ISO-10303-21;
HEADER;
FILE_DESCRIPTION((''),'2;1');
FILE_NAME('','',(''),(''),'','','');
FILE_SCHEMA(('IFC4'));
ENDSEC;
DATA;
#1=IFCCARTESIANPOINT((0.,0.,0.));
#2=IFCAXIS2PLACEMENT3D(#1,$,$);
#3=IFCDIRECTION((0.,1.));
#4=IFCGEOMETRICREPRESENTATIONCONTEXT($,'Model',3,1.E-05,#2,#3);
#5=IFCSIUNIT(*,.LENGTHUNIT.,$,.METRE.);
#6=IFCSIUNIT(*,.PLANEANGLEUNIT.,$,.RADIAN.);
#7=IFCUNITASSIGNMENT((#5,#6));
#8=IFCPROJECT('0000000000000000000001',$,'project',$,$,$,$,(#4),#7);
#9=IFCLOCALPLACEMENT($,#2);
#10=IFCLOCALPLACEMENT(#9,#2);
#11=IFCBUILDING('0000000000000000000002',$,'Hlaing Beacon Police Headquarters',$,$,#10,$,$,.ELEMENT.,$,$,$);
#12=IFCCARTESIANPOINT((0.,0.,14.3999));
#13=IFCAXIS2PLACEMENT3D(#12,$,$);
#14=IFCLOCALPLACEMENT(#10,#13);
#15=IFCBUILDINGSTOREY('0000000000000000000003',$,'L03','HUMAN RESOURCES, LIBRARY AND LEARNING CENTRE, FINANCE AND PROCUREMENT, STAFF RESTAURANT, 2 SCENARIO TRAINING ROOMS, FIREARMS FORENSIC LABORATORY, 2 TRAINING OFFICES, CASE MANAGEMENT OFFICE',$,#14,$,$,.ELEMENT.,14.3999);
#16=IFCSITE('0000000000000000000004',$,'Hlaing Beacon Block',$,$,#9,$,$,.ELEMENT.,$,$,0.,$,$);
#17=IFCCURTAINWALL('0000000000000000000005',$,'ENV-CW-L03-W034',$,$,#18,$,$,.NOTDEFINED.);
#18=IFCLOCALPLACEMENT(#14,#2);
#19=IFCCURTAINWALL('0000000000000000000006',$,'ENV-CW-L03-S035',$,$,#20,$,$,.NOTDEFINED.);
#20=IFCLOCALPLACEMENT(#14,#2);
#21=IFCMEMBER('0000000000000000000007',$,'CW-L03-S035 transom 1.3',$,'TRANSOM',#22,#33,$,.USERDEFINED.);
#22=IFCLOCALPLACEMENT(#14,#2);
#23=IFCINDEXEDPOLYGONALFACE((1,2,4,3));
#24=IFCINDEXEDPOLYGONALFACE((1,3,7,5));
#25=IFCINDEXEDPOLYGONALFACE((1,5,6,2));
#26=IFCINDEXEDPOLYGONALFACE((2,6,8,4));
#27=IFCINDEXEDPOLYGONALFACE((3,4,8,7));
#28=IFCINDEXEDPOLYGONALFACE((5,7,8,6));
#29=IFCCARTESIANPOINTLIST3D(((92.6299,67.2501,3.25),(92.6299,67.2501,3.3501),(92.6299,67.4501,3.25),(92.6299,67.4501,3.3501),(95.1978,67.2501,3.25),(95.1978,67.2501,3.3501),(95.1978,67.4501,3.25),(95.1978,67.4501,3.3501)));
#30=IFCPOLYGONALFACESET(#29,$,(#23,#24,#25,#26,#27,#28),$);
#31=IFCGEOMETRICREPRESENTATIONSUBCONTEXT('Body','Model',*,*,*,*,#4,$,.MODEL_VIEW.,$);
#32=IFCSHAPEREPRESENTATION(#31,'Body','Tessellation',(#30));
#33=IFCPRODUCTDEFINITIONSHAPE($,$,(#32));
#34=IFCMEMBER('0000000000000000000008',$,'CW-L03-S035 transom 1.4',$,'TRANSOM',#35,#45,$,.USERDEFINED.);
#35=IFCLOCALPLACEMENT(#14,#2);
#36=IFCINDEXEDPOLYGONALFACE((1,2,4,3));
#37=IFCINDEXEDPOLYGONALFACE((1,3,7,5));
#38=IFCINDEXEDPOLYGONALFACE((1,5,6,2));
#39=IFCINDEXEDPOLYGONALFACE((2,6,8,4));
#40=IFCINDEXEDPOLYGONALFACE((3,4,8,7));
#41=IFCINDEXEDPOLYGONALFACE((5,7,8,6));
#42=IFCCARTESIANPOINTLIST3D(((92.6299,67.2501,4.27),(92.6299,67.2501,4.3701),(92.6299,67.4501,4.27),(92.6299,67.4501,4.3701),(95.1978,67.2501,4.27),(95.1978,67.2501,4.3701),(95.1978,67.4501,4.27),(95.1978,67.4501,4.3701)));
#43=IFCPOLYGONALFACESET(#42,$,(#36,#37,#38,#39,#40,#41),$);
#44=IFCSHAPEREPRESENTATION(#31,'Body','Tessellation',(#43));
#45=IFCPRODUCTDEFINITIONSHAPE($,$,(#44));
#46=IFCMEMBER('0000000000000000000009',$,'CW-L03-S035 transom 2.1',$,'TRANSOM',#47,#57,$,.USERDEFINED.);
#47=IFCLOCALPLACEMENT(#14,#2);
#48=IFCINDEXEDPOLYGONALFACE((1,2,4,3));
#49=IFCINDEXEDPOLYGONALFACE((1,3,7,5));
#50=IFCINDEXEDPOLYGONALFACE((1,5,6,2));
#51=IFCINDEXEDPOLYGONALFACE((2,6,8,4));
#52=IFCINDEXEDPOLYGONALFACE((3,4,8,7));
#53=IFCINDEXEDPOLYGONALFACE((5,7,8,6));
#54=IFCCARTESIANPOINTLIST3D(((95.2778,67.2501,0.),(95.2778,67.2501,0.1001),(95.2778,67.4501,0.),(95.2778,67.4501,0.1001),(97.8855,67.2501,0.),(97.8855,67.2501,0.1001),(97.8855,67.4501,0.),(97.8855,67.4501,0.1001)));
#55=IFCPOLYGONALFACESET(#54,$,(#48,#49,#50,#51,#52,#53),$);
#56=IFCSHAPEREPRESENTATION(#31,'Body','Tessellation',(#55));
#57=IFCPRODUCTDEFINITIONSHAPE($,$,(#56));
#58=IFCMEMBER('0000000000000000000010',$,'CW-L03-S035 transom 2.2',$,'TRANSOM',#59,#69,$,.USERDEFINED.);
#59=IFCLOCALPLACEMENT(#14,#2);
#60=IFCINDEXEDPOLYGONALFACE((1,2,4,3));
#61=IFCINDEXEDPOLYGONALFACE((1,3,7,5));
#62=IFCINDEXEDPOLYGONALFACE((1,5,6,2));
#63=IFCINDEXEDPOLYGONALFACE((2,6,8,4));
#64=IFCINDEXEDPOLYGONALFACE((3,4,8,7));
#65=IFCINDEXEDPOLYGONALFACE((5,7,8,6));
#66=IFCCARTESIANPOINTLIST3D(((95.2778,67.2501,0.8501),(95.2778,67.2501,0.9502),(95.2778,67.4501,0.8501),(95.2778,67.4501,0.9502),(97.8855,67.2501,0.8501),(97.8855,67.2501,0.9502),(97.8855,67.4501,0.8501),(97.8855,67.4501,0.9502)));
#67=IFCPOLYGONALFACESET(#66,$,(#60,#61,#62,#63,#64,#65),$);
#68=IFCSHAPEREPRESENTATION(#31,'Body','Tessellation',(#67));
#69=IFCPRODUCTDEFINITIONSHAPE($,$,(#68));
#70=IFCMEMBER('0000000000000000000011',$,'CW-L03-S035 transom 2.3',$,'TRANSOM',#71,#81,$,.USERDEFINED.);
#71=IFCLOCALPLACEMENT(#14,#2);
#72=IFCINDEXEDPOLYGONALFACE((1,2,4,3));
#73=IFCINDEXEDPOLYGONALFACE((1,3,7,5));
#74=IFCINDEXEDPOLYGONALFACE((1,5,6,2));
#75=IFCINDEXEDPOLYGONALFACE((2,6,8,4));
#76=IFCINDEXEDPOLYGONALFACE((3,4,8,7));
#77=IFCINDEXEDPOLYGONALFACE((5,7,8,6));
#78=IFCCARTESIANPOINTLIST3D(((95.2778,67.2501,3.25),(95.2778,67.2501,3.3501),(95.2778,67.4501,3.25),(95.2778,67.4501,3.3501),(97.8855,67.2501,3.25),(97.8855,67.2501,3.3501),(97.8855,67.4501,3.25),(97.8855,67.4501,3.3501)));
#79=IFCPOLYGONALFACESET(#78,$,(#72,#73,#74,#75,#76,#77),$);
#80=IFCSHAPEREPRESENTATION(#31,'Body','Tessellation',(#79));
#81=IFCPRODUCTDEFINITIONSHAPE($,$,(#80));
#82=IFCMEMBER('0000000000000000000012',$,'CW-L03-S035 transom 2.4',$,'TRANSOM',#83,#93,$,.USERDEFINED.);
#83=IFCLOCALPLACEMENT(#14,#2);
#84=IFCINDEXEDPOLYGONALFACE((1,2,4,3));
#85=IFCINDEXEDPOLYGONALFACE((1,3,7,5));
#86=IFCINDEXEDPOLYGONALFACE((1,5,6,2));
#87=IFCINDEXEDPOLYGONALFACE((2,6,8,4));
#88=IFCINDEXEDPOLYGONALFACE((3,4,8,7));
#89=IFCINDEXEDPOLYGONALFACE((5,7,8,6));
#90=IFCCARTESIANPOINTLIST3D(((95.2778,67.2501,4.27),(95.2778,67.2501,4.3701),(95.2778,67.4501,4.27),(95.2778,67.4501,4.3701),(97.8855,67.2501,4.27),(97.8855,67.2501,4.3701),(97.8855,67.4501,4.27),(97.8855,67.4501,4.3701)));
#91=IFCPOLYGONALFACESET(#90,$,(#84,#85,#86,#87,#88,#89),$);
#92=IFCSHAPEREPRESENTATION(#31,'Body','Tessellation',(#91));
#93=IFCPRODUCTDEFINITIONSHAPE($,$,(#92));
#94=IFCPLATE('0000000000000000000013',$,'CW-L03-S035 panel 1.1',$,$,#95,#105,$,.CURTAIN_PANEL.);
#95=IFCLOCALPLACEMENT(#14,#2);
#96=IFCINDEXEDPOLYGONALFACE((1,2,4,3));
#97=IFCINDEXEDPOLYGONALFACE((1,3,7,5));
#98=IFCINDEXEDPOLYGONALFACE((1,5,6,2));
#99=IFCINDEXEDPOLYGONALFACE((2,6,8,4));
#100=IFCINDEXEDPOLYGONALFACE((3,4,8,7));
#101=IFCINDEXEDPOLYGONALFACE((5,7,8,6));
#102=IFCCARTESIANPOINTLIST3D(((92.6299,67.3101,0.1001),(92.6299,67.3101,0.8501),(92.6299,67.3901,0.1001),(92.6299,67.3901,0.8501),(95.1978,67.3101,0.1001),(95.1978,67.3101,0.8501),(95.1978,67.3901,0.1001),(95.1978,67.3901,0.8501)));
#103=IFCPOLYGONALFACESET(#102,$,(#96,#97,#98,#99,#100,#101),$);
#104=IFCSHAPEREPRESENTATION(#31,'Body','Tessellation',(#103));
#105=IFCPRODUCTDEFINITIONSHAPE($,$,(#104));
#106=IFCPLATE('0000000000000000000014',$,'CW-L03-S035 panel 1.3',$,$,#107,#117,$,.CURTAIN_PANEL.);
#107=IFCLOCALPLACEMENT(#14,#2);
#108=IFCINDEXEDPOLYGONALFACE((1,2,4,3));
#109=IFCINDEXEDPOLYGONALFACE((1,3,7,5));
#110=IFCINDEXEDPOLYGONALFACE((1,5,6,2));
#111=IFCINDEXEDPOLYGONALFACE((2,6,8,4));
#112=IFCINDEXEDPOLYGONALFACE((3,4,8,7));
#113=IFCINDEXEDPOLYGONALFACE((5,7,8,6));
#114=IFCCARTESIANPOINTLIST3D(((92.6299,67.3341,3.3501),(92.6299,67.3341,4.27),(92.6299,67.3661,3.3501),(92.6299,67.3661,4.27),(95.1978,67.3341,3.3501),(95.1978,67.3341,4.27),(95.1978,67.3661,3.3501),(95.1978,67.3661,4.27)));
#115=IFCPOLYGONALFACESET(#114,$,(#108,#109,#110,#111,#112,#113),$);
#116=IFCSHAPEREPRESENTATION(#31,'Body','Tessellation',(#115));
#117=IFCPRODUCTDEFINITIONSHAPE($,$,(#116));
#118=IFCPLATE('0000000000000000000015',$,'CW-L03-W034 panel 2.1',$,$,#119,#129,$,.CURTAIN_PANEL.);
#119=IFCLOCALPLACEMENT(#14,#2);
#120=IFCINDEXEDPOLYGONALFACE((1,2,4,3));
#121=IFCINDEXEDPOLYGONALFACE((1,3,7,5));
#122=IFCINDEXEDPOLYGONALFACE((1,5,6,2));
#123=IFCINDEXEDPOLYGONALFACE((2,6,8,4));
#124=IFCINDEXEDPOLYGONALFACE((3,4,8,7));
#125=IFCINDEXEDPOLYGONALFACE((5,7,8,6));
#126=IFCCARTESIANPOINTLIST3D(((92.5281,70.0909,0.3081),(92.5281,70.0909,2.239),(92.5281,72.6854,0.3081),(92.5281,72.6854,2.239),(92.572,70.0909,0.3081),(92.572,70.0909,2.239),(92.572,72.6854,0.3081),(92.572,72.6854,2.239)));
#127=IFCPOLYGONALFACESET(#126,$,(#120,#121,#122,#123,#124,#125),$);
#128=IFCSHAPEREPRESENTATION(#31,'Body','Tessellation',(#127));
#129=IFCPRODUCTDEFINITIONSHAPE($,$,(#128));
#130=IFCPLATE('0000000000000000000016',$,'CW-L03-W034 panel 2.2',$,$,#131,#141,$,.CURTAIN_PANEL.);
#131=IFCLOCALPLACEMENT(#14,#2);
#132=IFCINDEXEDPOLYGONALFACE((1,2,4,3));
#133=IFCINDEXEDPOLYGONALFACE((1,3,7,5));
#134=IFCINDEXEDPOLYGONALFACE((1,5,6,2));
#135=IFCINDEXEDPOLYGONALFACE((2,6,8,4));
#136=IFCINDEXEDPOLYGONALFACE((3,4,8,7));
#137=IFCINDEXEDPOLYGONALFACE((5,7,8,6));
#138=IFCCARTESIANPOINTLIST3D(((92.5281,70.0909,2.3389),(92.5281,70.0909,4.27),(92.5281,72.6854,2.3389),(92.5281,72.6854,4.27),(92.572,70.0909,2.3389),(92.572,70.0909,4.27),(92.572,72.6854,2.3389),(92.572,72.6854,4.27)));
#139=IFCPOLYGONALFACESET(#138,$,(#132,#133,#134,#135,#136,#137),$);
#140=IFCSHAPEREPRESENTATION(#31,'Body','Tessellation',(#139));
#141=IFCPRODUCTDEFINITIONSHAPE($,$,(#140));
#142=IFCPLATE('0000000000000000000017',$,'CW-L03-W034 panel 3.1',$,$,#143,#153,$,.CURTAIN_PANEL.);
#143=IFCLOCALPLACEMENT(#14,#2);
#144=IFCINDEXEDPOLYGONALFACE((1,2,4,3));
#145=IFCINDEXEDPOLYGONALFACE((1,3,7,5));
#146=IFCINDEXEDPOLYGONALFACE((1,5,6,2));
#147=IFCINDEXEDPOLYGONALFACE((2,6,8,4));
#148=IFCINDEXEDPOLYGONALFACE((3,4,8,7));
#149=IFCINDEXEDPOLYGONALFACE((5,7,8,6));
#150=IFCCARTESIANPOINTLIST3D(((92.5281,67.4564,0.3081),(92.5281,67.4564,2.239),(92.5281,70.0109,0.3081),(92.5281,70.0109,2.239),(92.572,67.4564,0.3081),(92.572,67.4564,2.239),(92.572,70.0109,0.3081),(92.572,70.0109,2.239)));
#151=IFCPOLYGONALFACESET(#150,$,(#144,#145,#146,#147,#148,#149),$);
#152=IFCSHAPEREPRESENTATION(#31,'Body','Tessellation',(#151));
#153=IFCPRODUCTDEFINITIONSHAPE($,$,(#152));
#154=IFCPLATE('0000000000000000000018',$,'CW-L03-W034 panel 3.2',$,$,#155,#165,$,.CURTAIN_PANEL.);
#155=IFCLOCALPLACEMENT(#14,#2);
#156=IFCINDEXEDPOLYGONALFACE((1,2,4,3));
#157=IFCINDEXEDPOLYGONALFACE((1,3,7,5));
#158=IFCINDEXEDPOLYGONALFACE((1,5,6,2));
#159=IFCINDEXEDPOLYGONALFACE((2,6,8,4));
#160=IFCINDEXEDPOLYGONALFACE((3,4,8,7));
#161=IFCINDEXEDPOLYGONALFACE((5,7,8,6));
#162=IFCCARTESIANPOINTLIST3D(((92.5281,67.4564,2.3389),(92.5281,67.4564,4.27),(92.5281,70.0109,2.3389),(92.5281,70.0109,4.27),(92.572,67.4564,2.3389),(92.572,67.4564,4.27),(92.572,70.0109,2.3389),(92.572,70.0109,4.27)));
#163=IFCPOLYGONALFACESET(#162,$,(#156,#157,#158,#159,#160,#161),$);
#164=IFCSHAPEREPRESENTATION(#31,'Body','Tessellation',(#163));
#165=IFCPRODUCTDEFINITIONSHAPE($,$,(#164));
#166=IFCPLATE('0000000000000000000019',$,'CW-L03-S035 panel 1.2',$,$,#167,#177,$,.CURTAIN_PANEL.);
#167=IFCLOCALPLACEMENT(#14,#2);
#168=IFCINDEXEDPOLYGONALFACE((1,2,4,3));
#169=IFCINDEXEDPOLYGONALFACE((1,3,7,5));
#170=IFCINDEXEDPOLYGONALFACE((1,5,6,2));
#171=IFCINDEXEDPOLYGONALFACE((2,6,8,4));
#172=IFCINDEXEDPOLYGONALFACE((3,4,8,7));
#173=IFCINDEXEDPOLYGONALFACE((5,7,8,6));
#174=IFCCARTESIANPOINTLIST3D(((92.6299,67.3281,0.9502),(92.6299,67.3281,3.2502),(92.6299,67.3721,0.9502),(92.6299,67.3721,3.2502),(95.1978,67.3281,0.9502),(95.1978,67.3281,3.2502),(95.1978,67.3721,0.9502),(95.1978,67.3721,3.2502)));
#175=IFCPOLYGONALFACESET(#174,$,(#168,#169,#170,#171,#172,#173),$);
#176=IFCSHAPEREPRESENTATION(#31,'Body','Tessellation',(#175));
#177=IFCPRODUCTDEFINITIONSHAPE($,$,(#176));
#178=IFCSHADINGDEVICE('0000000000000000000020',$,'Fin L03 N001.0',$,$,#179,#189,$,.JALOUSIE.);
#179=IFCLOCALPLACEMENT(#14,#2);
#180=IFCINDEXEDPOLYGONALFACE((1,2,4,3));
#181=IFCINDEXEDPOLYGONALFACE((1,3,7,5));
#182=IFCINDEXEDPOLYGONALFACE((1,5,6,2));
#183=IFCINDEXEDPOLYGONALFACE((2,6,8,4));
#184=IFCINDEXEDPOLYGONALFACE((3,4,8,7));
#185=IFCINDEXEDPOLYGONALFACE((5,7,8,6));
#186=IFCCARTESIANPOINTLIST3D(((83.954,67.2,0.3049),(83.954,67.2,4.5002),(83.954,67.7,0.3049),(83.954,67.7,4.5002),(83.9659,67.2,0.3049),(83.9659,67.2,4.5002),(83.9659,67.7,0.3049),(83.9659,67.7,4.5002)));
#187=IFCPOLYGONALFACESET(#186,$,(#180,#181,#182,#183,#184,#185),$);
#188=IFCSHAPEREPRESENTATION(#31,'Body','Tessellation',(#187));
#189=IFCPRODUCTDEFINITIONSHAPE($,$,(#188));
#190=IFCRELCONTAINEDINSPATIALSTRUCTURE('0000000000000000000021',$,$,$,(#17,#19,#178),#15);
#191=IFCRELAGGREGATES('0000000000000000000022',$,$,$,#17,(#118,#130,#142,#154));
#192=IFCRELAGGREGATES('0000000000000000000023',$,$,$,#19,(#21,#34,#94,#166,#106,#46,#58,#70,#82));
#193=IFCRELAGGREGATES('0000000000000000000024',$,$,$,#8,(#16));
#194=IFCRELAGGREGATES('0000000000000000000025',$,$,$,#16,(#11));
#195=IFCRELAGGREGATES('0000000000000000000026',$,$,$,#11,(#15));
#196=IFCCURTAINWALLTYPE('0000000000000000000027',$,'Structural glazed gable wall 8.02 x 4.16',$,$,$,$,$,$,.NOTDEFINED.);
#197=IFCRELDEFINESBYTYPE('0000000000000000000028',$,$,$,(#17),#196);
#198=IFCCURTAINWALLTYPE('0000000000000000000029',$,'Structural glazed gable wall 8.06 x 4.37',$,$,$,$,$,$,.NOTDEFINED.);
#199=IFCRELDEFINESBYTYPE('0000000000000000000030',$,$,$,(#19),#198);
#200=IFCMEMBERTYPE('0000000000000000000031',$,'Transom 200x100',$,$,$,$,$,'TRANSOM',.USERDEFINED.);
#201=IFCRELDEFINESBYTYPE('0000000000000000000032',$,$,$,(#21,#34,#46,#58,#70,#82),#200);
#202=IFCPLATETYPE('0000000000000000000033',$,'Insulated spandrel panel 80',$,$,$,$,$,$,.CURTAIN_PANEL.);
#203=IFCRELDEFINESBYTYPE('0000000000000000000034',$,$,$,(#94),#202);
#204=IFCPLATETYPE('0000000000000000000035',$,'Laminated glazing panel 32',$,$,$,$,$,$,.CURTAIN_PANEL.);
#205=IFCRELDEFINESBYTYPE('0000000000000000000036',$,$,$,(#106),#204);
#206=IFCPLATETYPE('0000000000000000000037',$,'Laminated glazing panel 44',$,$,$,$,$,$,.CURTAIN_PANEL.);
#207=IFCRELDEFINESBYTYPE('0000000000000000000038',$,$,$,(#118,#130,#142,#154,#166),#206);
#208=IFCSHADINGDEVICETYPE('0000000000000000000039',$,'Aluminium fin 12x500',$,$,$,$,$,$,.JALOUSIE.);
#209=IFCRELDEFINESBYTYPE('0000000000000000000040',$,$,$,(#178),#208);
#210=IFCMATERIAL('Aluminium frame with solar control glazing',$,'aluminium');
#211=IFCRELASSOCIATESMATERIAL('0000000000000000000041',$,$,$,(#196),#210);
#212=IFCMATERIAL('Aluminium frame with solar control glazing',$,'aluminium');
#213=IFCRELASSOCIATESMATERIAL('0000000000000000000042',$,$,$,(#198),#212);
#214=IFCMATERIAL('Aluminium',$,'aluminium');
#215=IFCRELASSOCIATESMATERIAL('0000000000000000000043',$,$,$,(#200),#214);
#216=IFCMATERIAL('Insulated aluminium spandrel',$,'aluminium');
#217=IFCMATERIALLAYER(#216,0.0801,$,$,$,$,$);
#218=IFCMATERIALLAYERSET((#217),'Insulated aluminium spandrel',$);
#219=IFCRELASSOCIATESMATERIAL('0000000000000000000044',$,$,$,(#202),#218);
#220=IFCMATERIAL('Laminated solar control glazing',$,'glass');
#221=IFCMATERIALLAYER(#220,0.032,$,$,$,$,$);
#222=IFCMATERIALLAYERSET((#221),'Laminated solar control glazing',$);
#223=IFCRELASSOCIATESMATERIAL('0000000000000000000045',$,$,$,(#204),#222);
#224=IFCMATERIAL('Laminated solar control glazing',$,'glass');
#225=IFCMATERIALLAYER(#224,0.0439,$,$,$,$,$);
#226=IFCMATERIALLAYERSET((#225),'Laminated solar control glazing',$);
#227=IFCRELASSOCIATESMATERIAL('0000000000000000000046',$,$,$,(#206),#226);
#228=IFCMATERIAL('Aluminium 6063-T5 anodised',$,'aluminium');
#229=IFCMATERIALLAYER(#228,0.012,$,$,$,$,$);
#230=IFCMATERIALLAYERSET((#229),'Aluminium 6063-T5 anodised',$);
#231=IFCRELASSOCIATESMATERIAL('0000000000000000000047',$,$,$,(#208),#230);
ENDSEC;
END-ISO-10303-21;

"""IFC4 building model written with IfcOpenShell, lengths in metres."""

from ifc_helpers import new_model, si_unit, direction, frame, origin, origin_2d, place, context, subcontext, project, spatial, rectangle, extrude, material, layer, layer_set, material_profile, profile_set, type_object, element, aggregate, save


model = new_model("IFC4")

# Units and contexts
model_context = context("Model", 3, precision=1e-05, world=origin(), true_north=direction((0.0, 1.0)))
body_context = subcontext(model_context, "Body", "Model", "MODEL_VIEW")
ifc_project = project(units=[si_unit("LENGTHUNIT", "METRE"), si_unit("PLANEANGLEUNIT", "RADIAN")], contexts=[model_context])

# Site, building, storey
site_placement = place(None, origin())
site = spatial("IfcSite", under=ifc_project, at=site_placement, Name="Hlaing Beacon Block", CompositionType="ELEMENT", RefElevation=0.0)
building_placement = place(site_placement, origin())
building = spatial("IfcBuilding", under=site, at=building_placement, Name="Hlaing Beacon Police Headquarters", CompositionType="ELEMENT")
storey_placement = place(building_placement, frame((0.0, 0.0, 14.3999)))
storey = spatial("IfcBuildingStorey", under=building, at=storey_placement, Name="L03", Description="HUMAN RESOURCES, LIBRARY AND LEARNING CENTRE, FINANCE AND PROCUREMENT, STAFF RESTAURANT, 2 SCENARIO TRAINING ROOMS, FIREARMS FORENSIC LABORATORY, 2 TRAINING OFFICES, CASE MANAGEMENT OFFICE", CompositionType="ELEMENT", Elevation=14.3999)

# Curtain walls
ifc_material_1 = material(Name="Aluminium frame with solar control glazing", Category="aluminium")
curtain_wall_type_1 = type_object("IfcCurtainWallType", Name="Structural glazed gable wall 8.02 x 4.16", PredefinedType="NOTDEFINED", material=ifc_material_1)
curtain_wall_1_placement = place(storey_placement, origin())
curtain_wall_1 = element("IfcCurtainWall", 1, at=curtain_wall_1_placement, inside=storey, type_object=curtain_wall_type_1, Name="ENV-CW-L03-W034", PredefinedType="NOTDEFINED")
ifc_material_2 = material(Name="Aluminium frame with solar control glazing", Category="aluminium")
curtain_wall_type_2 = type_object("IfcCurtainWallType", Name="Structural glazed gable wall 8.06 x 4.37", PredefinedType="NOTDEFINED", material=ifc_material_2)
curtain_wall_2_placement = place(storey_placement, origin())
curtain_wall_2 = element("IfcCurtainWall", 2, at=curtain_wall_2_placement, inside=storey, type_object=curtain_wall_type_2, Name="ENV-CW-L03-S035", PredefinedType="NOTDEFINED")

# Members
ifc_material_3 = material(Name="Aluminium", Category="aluminium")
ifc_material_profile_1 = material_profile(ifc_material_3, rectangle(XDim=0.2, YDim=0.1001, at=origin_2d()), Name="Transom 200x100")
ifc_profile_set_1 = profile_set([ifc_material_profile_1], Name="Aluminium")
member_type_1 = type_object("IfcMemberType", Name="Transom 200x100", ElementType="TRANSOM", PredefinedType="USERDEFINED", material=ifc_profile_set_1)
member_1_placement = place(storey_placement, frame((92.6299, 67.3501, 3.3), z_axis=(1.0, 0.0, 0.0), x_axis=(0.0, 1.0, 0.0)))
member_1 = element("IfcMember", 3, at=member_1_placement, type_object=member_type_1, Name="CW-L03-S035 transom 1.3", ObjectType="TRANSOM", PredefinedType="USERDEFINED", context=body_context, shape_type="SweptSolid", body=[
    extrude(rectangle(XDim=0.2, YDim=0.1001, at=origin_2d()), origin(), (0.0, 0.0, 1.0), 2.5679),
])
member_2_placement = place(storey_placement, frame((92.6299, 67.3501, 4.3201), z_axis=(1.0, 0.0, 0.0), x_axis=(0.0, 1.0, 0.0)))
member_2 = element("IfcMember", 4, at=member_2_placement, type_object=member_type_1, Name="CW-L03-S035 transom 1.4", ObjectType="TRANSOM", PredefinedType="USERDEFINED", context=body_context, shape_type="SweptSolid", body=[
    extrude(rectangle(XDim=0.2, YDim=0.1001, at=origin_2d()), origin(), (0.0, 0.0, 1.0), 2.5679),
])
member_3_placement = place(storey_placement, frame((95.2778, 67.3501, 0.05), z_axis=(1.0, 0.0, 0.0), x_axis=(0.0, 1.0, 0.0)))
member_3 = element("IfcMember", 5, at=member_3_placement, type_object=member_type_1, Name="CW-L03-S035 transom 2.1", ObjectType="TRANSOM", PredefinedType="USERDEFINED", context=body_context, shape_type="SweptSolid", body=[
    extrude(rectangle(XDim=0.2, YDim=0.1001, at=origin_2d()), origin(), (0.0, 0.0, 1.0), 2.6077),
])
member_4_placement = place(storey_placement, frame((95.2778, 67.3501, 0.9001), z_axis=(1.0, 0.0, 0.0), x_axis=(0.0, 1.0, 0.0)))
member_4 = element("IfcMember", 6, at=member_4_placement, type_object=member_type_1, Name="CW-L03-S035 transom 2.2", ObjectType="TRANSOM", PredefinedType="USERDEFINED", context=body_context, shape_type="SweptSolid", body=[
    extrude(rectangle(XDim=0.2, YDim=0.1001, at=origin_2d()), origin(), (0.0, 0.0, 1.0), 2.6077),
])
member_5_placement = place(storey_placement, frame((95.2778, 67.3501, 3.3), z_axis=(1.0, 0.0, 0.0), x_axis=(0.0, 1.0, 0.0)))
member_5 = element("IfcMember", 7, at=member_5_placement, type_object=member_type_1, Name="CW-L03-S035 transom 2.3", ObjectType="TRANSOM", PredefinedType="USERDEFINED", context=body_context, shape_type="SweptSolid", body=[
    extrude(rectangle(XDim=0.2, YDim=0.1001, at=origin_2d()), origin(), (0.0, 0.0, 1.0), 2.6077),
])
member_6_placement = place(storey_placement, frame((95.2778, 67.3501, 4.3201), z_axis=(1.0, 0.0, 0.0), x_axis=(0.0, 1.0, 0.0)))
member_6 = element("IfcMember", 8, at=member_6_placement, type_object=member_type_1, Name="CW-L03-S035 transom 2.4", ObjectType="TRANSOM", PredefinedType="USERDEFINED", context=body_context, shape_type="SweptSolid", body=[
    extrude(rectangle(XDim=0.2, YDim=0.1001, at=origin_2d()), origin(), (0.0, 0.0, 1.0), 2.6077),
])

# Plates
ifc_material_4 = material(Name="Insulated aluminium spandrel", Category="aluminium")
ifc_layer_1 = layer(ifc_material_4, 0.0801)
ifc_layer_set_1 = layer_set([ifc_layer_1], Name="Insulated aluminium spandrel")
plate_type_1 = type_object("IfcPlateType", Name="Insulated spandrel panel 80", PredefinedType="CURTAIN_PANEL", material=ifc_layer_set_1)
plate_1_placement = place(storey_placement, frame((93.9138, 67.3501, 0.1001), z_axis=(0.0, 0.0, 1.0), x_axis=(1.0, 0.0, 0.0)))
plate_1 = element("IfcPlate", 9, at=plate_1_placement, type_object=plate_type_1, Name="CW-L03-S035 panel 1.1", PredefinedType="CURTAIN_PANEL", context=body_context, shape_type="SweptSolid", body=[
    extrude(rectangle(XDim=2.5679, YDim=0.0801, at=origin_2d()), origin(), (0.0, 0.0, 1.0), 0.75),
])
ifc_material_5 = material(Name="Laminated solar control glazing", Category="glass")
ifc_layer_2 = layer(ifc_material_5, 0.032)
ifc_layer_set_2 = layer_set([ifc_layer_2], Name="Laminated solar control glazing")
plate_type_2 = type_object("IfcPlateType", Name="Laminated glazing panel 32", PredefinedType="CURTAIN_PANEL", material=ifc_layer_set_2)
plate_2_placement = place(storey_placement, frame((93.9138, 67.3501, 3.3501), z_axis=(0.0, 0.0, 1.0), x_axis=(1.0, 0.0, 0.0)))
plate_2 = element("IfcPlate", 10, at=plate_2_placement, type_object=plate_type_2, Name="CW-L03-S035 panel 1.3", PredefinedType="CURTAIN_PANEL", context=body_context, shape_type="SweptSolid", body=[
    extrude(rectangle(XDim=2.5679, YDim=0.032, at=origin_2d()), origin(), (0.0, 0.0, 1.0), 0.9199),
])
ifc_material_6 = material(Name="Laminated solar control glazing", Category="glass")
ifc_layer_3 = layer(ifc_material_6, 0.0439)
ifc_layer_set_3 = layer_set([ifc_layer_3], Name="Laminated solar control glazing")
plate_type_3 = type_object("IfcPlateType", Name="Laminated glazing panel 44", PredefinedType="CURTAIN_PANEL", material=ifc_layer_set_3)
plate_3_placement = place(storey_placement, frame((92.55, 71.3882, 0.3081), z_axis=(0.0, 0.0, 1.0), x_axis=(0.0, -1.0, 0.0)))
plate_3 = element("IfcPlate", 11, at=plate_3_placement, type_object=plate_type_3, Name="CW-L03-W034 panel 2.1", PredefinedType="CURTAIN_PANEL", context=body_context, shape_type="SweptSolid", body=[
    extrude(rectangle(XDim=2.5945, YDim=0.0439, at=origin_2d()), origin(), (0.0, 0.0, 1.0), 1.9309),
])
plate_4_placement = place(storey_placement, frame((92.55, 71.3882, 2.3389), z_axis=(0.0, 0.0, 1.0), x_axis=(0.0, -1.0, 0.0)))
plate_4 = element("IfcPlate", 12, at=plate_4_placement, type_object=plate_type_3, Name="CW-L03-W034 panel 2.2", PredefinedType="CURTAIN_PANEL", context=body_context, shape_type="SweptSolid", body=[
    extrude(rectangle(XDim=2.5945, YDim=0.0439, at=origin_2d()), origin(), (0.0, 0.0, 1.0), 1.9312),
])
plate_5_placement = place(storey_placement, frame((92.55, 68.7336, 0.3081), z_axis=(0.0, 0.0, 1.0), x_axis=(0.0, -1.0, 0.0)))
plate_5 = element("IfcPlate", 13, at=plate_5_placement, type_object=plate_type_3, Name="CW-L03-W034 panel 3.1", PredefinedType="CURTAIN_PANEL", context=body_context, shape_type="SweptSolid", body=[
    extrude(rectangle(XDim=2.5544, YDim=0.0439, at=origin_2d()), origin(), (0.0, 0.0, 1.0), 1.9309),
])
plate_6_placement = place(storey_placement, frame((92.55, 68.7336, 2.3389), z_axis=(0.0, 0.0, 1.0), x_axis=(0.0, -1.0, 0.0)))
plate_6 = element("IfcPlate", 14, at=plate_6_placement, type_object=plate_type_3, Name="CW-L03-W034 panel 3.2", PredefinedType="CURTAIN_PANEL", context=body_context, shape_type="SweptSolid", body=[
    extrude(rectangle(XDim=2.5544, YDim=0.0439, at=origin_2d()), origin(), (0.0, 0.0, 1.0), 1.9312),
])
aggregate(curtain_wall_1, [plate_3, plate_4, plate_5, plate_6])
plate_7_placement = place(storey_placement, frame((93.9138, 67.3501, 0.9502), z_axis=(0.0, 0.0, 1.0), x_axis=(1.0, 0.0, 0.0)))
plate_7 = element("IfcPlate", 15, at=plate_7_placement, type_object=plate_type_3, Name="CW-L03-S035 panel 1.2", PredefinedType="CURTAIN_PANEL", context=body_context, shape_type="SweptSolid", body=[
    extrude(rectangle(XDim=2.5679, YDim=0.0439, at=origin_2d()), origin(), (0.0, 0.0, 1.0), 2.3),
])
aggregate(curtain_wall_2, [member_1, member_2, plate_1, plate_7, plate_2, member_3, member_4, member_5, member_6])

# Shading device
ifc_material_7 = material(Name="Aluminium 6063-T5 anodised", Category="aluminium")
ifc_layer_4 = layer(ifc_material_7, 0.012)
ifc_layer_set_4 = layer_set([ifc_layer_4], Name="Aluminium 6063-T5 anodised")
shading_device_type_1 = type_object("IfcShadingDeviceType", Name="Aluminium fin 12x500", PredefinedType="JALOUSIE", material=ifc_layer_set_4)
shading_device_1_placement = place(storey_placement, frame((83.96, 67.45, 0.3049), z_axis=(0.0, 0.0, 1.0), x_axis=(-1.0, 0.0, 0.0)))
element("IfcShadingDevice", 16, at=shading_device_1_placement, inside=storey, type_object=shading_device_type_1, Name="Fin L03 N001.0", PredefinedType="JALOUSIE", context=body_context, shape_type="SweptSolid", body=[
    extrude(rectangle(XDim=0.012, YDim=0.5, at=origin_2d()), origin(), (0.0, 0.0, 1.0), 4.1953),
])

save(model, "model.ifc")
